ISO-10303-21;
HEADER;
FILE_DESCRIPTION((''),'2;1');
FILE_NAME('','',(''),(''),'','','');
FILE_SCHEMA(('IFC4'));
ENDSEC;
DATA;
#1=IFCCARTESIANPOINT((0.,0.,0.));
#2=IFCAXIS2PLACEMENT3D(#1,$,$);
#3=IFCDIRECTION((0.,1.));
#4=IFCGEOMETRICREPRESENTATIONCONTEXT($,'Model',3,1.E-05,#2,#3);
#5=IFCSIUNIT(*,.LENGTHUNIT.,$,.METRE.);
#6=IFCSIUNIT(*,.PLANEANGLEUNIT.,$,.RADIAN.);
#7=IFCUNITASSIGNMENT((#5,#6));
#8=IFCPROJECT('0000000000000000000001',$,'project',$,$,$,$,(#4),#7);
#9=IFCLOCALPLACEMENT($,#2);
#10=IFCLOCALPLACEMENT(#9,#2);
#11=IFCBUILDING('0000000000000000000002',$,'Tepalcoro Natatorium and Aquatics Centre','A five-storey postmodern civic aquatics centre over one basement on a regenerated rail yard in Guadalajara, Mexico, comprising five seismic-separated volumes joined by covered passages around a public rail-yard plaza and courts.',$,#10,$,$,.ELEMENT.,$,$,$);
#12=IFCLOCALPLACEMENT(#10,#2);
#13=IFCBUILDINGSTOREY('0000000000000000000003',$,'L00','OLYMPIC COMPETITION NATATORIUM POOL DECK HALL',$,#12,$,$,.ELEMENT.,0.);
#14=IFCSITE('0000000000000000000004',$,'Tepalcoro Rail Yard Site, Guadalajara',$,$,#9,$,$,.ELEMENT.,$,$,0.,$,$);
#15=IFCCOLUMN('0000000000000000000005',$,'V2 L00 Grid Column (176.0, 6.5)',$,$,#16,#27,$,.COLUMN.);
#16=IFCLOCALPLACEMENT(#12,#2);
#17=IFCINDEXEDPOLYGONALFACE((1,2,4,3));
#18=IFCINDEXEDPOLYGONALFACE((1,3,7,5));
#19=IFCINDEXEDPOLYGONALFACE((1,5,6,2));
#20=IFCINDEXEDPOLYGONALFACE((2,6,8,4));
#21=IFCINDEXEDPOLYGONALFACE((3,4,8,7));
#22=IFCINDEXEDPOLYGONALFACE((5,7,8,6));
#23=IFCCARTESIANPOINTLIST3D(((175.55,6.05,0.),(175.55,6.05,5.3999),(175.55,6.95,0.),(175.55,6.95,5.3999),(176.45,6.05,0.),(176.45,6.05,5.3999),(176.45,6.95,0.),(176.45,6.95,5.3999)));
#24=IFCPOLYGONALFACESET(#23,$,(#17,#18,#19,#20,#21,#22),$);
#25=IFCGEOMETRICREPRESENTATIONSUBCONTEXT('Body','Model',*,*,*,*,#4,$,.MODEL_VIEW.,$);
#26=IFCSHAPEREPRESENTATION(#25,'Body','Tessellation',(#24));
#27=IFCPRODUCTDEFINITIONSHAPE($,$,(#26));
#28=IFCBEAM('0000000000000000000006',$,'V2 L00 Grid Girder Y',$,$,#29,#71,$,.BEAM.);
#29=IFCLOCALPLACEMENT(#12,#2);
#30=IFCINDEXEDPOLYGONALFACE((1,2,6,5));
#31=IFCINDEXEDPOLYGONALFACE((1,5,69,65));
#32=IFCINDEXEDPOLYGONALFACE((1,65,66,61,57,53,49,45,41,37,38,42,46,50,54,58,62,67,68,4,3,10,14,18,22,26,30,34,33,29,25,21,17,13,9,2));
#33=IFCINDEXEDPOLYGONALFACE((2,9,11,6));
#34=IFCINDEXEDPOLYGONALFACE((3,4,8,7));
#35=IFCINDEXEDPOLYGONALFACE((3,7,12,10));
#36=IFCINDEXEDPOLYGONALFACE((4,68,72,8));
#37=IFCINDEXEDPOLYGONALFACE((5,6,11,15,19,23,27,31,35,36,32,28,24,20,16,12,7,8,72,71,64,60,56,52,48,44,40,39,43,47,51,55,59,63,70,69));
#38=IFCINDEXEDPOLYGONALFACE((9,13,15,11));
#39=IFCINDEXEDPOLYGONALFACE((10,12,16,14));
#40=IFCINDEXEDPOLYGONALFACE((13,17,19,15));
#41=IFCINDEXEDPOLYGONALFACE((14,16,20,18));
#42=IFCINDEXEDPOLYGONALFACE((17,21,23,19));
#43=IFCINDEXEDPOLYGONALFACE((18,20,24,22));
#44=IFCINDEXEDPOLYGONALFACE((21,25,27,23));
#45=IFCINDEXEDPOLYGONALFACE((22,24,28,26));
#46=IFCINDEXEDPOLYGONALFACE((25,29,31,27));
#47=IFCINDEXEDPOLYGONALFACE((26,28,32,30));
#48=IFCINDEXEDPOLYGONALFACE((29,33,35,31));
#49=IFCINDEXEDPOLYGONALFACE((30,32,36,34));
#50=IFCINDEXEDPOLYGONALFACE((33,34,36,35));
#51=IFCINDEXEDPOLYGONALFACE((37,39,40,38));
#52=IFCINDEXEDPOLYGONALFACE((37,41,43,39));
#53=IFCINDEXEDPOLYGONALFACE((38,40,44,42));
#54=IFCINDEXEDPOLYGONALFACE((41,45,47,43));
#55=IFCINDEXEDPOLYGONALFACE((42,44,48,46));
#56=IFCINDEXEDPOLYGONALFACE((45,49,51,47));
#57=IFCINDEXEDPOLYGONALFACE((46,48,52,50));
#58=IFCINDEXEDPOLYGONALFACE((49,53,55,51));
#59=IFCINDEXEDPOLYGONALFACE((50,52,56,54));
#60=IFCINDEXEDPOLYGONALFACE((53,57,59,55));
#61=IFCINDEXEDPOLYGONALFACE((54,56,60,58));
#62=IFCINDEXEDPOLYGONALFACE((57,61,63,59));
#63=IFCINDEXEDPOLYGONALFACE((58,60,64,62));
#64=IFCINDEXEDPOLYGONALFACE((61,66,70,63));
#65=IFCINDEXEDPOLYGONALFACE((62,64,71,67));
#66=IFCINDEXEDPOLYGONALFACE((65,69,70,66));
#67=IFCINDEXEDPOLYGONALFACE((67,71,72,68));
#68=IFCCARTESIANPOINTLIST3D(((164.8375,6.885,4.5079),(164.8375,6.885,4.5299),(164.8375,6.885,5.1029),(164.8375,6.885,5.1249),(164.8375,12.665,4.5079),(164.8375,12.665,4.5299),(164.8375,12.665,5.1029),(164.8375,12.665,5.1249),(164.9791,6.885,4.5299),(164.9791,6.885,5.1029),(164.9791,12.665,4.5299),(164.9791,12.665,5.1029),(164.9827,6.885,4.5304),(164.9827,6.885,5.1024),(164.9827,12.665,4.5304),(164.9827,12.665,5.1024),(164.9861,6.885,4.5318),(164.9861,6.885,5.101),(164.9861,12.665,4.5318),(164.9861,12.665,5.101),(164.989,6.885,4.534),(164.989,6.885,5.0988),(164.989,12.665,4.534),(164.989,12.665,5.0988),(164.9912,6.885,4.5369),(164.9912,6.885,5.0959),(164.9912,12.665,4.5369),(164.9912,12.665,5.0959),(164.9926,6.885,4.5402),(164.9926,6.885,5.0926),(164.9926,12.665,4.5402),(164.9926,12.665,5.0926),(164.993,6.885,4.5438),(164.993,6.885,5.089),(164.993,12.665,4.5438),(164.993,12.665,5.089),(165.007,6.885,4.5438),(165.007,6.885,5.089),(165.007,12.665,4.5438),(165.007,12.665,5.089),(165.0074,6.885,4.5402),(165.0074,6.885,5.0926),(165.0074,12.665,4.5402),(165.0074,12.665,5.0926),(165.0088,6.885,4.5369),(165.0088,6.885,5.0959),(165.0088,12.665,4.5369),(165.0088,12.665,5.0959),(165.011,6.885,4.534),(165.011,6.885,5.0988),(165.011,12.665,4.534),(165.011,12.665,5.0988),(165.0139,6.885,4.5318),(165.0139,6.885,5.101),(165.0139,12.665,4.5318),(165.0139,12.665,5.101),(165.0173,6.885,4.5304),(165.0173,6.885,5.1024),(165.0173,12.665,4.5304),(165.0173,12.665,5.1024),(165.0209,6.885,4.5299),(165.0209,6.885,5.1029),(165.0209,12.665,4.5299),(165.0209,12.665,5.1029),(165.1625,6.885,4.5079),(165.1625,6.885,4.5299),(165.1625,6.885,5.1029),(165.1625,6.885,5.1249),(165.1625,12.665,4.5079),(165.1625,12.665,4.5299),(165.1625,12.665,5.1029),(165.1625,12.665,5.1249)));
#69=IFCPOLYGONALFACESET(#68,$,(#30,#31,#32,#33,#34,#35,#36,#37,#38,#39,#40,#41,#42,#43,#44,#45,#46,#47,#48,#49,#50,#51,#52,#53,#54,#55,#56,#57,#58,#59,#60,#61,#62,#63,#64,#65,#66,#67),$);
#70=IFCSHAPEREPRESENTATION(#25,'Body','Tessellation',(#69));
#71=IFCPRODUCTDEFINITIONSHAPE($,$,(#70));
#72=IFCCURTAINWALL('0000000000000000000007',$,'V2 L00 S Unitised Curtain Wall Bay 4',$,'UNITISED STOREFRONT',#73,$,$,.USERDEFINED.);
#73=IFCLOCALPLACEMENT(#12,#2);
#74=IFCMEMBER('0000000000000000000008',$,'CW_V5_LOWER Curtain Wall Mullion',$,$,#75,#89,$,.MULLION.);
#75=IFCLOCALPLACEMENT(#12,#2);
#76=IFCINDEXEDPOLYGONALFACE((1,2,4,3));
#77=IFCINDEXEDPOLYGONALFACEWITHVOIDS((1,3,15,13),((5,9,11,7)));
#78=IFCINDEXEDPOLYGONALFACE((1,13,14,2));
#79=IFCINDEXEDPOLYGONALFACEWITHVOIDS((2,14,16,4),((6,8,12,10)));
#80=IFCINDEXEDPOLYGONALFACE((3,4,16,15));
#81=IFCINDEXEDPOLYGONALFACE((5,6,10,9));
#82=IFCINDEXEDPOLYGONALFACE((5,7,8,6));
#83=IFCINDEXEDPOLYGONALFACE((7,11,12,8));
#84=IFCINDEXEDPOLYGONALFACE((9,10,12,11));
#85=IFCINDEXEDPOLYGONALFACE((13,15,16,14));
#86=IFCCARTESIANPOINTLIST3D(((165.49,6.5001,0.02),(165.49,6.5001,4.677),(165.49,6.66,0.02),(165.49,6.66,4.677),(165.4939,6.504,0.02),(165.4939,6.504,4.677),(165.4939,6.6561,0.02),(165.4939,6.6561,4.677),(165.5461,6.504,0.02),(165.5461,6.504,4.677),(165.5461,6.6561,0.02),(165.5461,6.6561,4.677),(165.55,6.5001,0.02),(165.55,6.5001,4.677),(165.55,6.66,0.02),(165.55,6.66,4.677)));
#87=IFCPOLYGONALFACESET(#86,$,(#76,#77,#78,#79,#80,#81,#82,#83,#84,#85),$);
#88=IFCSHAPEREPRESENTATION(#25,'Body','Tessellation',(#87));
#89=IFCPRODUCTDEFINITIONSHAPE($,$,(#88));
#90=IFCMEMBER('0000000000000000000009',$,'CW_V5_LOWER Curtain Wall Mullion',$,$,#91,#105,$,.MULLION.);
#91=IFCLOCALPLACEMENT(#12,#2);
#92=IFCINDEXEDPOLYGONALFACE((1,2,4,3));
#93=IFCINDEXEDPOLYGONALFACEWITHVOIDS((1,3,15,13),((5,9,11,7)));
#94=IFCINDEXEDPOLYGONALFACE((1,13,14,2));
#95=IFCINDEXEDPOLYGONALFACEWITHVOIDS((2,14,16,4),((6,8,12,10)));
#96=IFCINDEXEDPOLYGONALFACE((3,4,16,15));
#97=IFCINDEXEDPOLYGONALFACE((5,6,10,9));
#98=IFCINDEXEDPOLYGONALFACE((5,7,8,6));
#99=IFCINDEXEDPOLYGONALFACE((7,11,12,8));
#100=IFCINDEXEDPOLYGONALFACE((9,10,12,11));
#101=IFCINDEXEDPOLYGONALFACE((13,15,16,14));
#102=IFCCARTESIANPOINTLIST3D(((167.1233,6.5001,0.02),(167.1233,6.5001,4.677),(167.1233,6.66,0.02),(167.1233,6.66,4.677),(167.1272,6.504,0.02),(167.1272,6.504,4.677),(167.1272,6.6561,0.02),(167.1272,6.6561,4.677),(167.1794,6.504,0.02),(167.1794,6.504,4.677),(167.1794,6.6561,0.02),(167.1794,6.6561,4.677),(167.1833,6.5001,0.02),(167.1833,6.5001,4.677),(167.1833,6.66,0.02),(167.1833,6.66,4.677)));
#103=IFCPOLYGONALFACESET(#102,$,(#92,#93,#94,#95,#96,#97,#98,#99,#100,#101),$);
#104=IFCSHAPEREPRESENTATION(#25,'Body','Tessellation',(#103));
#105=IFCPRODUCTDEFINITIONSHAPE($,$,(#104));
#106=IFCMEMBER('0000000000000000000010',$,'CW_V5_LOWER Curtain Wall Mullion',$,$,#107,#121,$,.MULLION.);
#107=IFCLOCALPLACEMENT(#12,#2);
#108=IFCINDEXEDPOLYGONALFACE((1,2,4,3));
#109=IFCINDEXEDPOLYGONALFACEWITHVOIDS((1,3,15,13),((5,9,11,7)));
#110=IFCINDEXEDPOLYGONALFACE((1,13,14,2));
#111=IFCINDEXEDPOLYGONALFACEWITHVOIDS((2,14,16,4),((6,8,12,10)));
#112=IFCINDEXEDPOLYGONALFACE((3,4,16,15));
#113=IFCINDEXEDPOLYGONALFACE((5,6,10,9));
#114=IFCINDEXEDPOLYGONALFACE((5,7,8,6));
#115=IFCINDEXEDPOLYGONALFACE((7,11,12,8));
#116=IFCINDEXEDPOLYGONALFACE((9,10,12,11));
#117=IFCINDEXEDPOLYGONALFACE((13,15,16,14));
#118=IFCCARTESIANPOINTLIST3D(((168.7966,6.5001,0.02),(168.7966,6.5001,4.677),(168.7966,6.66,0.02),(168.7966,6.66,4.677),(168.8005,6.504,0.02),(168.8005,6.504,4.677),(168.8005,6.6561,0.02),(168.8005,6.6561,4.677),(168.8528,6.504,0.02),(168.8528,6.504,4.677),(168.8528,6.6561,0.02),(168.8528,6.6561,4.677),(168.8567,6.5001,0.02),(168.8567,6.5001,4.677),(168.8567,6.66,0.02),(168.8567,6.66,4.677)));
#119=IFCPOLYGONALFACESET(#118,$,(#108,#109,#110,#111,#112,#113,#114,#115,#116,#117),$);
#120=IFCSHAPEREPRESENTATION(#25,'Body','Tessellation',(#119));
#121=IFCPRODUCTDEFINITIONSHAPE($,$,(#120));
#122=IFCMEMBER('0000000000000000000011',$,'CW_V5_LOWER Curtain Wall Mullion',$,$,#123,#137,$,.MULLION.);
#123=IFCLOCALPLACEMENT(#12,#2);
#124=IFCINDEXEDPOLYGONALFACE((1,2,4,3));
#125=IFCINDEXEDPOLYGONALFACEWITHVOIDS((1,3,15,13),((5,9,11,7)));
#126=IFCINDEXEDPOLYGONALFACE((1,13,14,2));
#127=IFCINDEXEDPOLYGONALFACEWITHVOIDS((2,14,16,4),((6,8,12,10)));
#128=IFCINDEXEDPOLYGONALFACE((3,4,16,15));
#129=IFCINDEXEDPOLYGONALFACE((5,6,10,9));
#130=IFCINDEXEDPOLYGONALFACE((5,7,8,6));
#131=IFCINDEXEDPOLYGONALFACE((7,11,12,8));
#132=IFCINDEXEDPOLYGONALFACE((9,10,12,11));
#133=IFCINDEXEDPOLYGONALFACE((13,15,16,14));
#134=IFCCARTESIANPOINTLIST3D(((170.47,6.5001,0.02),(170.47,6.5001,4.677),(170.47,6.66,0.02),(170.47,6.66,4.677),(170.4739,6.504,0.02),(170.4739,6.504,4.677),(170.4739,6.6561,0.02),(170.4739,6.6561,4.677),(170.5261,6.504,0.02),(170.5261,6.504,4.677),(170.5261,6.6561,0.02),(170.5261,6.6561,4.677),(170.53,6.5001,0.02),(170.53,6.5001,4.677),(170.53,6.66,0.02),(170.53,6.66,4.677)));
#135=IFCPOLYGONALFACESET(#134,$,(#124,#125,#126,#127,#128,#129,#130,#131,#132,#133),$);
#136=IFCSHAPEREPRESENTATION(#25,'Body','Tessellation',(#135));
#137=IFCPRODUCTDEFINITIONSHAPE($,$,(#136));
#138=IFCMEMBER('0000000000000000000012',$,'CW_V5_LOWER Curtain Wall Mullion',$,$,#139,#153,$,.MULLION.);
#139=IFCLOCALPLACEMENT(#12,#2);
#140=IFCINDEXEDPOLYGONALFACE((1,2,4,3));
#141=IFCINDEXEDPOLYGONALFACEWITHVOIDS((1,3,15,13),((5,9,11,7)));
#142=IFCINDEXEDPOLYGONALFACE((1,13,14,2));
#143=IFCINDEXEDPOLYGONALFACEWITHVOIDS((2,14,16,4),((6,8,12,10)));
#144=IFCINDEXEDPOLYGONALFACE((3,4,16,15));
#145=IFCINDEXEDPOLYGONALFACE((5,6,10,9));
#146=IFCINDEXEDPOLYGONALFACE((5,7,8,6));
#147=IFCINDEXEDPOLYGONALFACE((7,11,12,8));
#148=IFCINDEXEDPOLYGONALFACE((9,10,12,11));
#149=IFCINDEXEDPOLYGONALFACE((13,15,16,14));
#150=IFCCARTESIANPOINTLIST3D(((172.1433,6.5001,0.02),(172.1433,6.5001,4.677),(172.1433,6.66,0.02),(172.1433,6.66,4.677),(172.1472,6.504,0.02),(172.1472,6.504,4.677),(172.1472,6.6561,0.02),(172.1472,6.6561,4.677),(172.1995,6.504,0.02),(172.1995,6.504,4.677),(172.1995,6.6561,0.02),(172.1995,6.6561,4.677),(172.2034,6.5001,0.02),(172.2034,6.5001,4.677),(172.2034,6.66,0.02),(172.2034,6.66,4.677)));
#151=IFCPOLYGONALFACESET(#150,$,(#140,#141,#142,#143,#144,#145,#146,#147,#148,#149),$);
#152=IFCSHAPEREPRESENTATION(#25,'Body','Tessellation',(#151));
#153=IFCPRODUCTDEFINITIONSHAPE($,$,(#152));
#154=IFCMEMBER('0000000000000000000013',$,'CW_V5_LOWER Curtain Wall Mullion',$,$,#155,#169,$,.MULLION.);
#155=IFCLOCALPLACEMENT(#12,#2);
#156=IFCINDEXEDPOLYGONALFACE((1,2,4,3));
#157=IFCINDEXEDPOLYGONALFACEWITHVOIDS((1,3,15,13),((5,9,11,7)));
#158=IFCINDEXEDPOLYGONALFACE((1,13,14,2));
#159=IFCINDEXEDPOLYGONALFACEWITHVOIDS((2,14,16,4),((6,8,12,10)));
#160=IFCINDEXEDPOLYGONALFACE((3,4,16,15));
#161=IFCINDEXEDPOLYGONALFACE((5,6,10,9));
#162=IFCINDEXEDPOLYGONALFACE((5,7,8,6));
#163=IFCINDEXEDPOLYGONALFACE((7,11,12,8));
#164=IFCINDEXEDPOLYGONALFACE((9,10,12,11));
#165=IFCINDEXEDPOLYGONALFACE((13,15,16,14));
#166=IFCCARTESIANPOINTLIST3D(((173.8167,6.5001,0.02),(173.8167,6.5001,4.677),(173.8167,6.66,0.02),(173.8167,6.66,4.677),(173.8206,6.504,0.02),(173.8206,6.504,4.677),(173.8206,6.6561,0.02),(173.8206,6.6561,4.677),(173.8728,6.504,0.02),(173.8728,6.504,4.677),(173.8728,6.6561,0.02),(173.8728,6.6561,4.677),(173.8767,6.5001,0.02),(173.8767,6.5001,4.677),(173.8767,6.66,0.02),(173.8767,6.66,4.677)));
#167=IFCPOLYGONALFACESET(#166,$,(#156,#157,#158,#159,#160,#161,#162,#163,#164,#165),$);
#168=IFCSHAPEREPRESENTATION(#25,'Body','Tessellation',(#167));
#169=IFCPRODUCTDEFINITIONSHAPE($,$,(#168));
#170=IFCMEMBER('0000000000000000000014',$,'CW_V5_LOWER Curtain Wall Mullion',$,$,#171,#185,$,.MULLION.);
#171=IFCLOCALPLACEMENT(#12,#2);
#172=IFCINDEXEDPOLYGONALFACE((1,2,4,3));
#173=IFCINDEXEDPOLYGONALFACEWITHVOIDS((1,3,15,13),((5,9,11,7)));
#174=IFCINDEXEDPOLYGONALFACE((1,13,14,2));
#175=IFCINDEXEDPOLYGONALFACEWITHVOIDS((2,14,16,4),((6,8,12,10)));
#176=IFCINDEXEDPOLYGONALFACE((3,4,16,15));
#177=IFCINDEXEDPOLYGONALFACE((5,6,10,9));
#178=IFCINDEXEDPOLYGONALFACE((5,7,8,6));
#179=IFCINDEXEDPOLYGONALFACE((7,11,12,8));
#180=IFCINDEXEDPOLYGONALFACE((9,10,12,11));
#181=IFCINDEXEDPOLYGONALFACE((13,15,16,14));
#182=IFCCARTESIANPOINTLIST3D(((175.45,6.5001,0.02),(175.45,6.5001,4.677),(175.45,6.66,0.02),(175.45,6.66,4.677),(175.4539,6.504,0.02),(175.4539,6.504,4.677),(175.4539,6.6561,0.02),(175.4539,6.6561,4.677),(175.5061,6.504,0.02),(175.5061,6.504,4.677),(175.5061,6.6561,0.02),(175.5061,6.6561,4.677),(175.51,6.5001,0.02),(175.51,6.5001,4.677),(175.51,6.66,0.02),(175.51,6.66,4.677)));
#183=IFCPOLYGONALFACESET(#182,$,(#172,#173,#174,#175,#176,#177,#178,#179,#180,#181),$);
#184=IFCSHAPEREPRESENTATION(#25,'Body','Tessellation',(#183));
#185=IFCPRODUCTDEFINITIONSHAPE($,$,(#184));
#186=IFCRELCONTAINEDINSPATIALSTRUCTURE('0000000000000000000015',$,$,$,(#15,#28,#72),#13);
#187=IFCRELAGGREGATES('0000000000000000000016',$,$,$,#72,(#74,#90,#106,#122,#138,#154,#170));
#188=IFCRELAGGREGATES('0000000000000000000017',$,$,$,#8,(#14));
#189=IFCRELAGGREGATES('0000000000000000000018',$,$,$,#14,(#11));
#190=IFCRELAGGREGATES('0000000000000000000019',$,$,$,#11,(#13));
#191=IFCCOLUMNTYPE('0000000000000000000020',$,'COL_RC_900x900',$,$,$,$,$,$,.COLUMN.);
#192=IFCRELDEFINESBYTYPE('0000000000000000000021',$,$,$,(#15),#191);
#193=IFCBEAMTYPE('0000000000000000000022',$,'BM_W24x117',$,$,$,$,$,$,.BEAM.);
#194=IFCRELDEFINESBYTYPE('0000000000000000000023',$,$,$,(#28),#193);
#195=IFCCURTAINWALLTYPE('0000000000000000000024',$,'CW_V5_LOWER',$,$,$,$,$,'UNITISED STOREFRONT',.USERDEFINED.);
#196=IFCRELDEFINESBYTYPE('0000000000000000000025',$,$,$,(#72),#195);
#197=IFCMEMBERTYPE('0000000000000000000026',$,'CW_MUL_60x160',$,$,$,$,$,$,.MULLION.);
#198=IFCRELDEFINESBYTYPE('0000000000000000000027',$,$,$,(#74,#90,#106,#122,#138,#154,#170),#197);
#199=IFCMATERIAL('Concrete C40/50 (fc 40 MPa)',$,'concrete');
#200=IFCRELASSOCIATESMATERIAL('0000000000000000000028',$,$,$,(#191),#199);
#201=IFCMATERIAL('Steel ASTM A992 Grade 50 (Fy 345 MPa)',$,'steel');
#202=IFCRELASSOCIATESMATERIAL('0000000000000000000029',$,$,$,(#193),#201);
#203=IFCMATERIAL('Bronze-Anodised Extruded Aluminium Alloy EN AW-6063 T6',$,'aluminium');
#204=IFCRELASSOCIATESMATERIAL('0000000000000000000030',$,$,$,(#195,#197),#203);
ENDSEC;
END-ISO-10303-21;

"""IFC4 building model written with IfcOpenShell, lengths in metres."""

from ifc_helpers import new_model, si_unit, direction, frame, origin, origin_2d, place, context, subcontext, project, spatial, rectangle, hollow_rectangle, i_section, extrude, material, material_profile, profile_set, type_object, element, aggregate, save


model = new_model("IFC4")

# Units and contexts
model_context = context("Model", 3, precision=1e-05, world=origin(), true_north=direction((0.0, 1.0)))
body_context = subcontext(model_context, "Body", "Model", "MODEL_VIEW")
ifc_project = project(units=[si_unit("LENGTHUNIT", "METRE"), si_unit("PLANEANGLEUNIT", "RADIAN")], contexts=[model_context])

# Site, building, storey
site_placement = place(None, origin())
site = spatial("IfcSite", under=ifc_project, at=site_placement, Name="Tepalcoro Rail Yard Site, Guadalajara", CompositionType="ELEMENT", RefElevation=0.0)
building_placement = place(site_placement, origin())
building = spatial("IfcBuilding", under=site, at=building_placement, Name="Tepalcoro Natatorium and Aquatics Centre", Description="A five-storey postmodern civic aquatics centre over one basement on a regenerated rail yard in Guadalajara, Mexico, comprising five seismic-separated volumes joined by covered passages around a public rail-yard plaza and courts.", CompositionType="ELEMENT")
storey_placement = place(building_placement, origin())
storey = spatial("IfcBuildingStorey", under=building, at=storey_placement, Name="L00", Description="OLYMPIC COMPETITION NATATORIUM POOL DECK HALL", CompositionType="ELEMENT", Elevation=0.0)

# Column
ifc_material_1 = material(Name="Concrete C40/50 (fc 40 MPa)", Category="concrete")
ifc_material_profile_1 = material_profile(ifc_material_1, rectangle(XDim=0.8999, YDim=0.8999, at=origin_2d()), Name="RC900x900")
ifc_profile_set_1 = profile_set([ifc_material_profile_1], Name="Concrete C40/50 (fc 40 MPa)")
column_type = type_object("IfcColumnType", Name="COL_RC_900x900", PredefinedType="COLUMN", material=ifc_profile_set_1)
column_placement = place(storey_placement, frame((176.0, 6.5, 0.0), z_axis=(0.0, 0.0, 1.0), x_axis=(1.0, 0.0, 0.0)))
element("IfcColumn", 1, at=column_placement, inside=storey, type_object=column_type, Name="V2 L00 Grid Column (176.0, 6.5)", PredefinedType="COLUMN", context=body_context, shape_type="SweptSolid", body=[
    extrude(rectangle(XDim=0.8999, YDim=0.8999, at=origin_2d()), origin(), (0.0, 0.0, 1.0), 5.3999),
])

# Beam
ifc_material_2 = material(Name="Steel ASTM A992 Grade 50 (Fy 345 MPa)", Category="steel")
ifc_material_profile_2 = material_profile(ifc_material_2, i_section(OverallWidth=0.325, OverallDepth=0.6169, WebThickness=0.0139, FlangeThickness=0.022, FilletRadius=0.0139, at=origin_2d()), Name="W24X117")
ifc_profile_set_2 = profile_set([ifc_material_profile_2], Name="Steel ASTM A992 Grade 50 (Fy 345 MPa)")
beam_type_1 = type_object("IfcBeamType", Name="BM_W24x117", PredefinedType="BEAM", material=ifc_profile_set_2)
beam_1_placement = place(storey_placement, frame((165.0, 6.885, 4.8164), z_axis=(0.0, 1.0, 0.0), x_axis=(-1.0, 0.0, 0.0)))
element("IfcBeam", 2, at=beam_1_placement, inside=storey, type_object=beam_type_1, Name="V2 L00 Grid Girder Y", PredefinedType="BEAM", context=body_context, shape_type="SweptSolid", body=[
    extrude(i_section(OverallWidth=0.325, OverallDepth=0.6169, WebThickness=0.0139, FlangeThickness=0.022, FilletRadius=0.0139, at=origin_2d()), origin(), (0.0, 0.0, 1.0), 5.78),
])

# Curtain wall, members
ifc_material_3 = material(Name="Bronze-Anodised Extruded Aluminium Alloy EN AW-6063 T6", Category="aluminium")
curtain_wall_type = type_object("IfcCurtainWallType", Name="CW_V5_LOWER", ElementType="UNITISED STOREFRONT", PredefinedType="USERDEFINED", material=ifc_material_3)
curtain_wall_placement = place(storey_placement, origin())
curtain_wall = element("IfcCurtainWall", 3, at=curtain_wall_placement, inside=storey, type_object=curtain_wall_type, Name="V2 L00 S Unitised Curtain Wall Bay 4", ObjectType="UNITISED STOREFRONT", PredefinedType="USERDEFINED")
ifc_material_profile_3 = material_profile(ifc_material_3, hollow_rectangle(XDim=0.0601, YDim=0.1599, WallThickness=0.0039, at=origin_2d()), Name="AL60X160X4")
ifc_profile_set_3 = profile_set([ifc_material_profile_3], Name="Bronze-Anodised Extruded Aluminium Alloy EN AW-6063 T6")
member_type_1 = type_object("IfcMemberType", Name="CW_MUL_60x160", PredefinedType="MULLION", material=ifc_profile_set_3)
member_1_placement = place(storey_placement, frame((165.52, 6.5801, 0.02), z_axis=(0.0, 0.0, 1.0), x_axis=(1.0, 0.0, 0.0)))
member_1 = element("IfcMember", 4, at=member_1_placement, type_object=member_type_1, Name="CW_V5_LOWER Curtain Wall Mullion", PredefinedType="MULLION", context=body_context, shape_type="SweptSolid", body=[
    extrude(hollow_rectangle(XDim=0.0601, YDim=0.1599, WallThickness=0.0039, at=origin_2d()), origin(), (0.0, 0.0, 1.0), 4.657),
])
member_2_placement = place(storey_placement, frame((167.1533, 6.5801, 0.02), z_axis=(0.0, 0.0, 1.0), x_axis=(1.0, 0.0, 0.0)))
member_2 = element("IfcMember", 5, at=member_2_placement, type_object=member_type_1, Name="CW_V5_LOWER Curtain Wall Mullion", PredefinedType="MULLION", context=body_context, shape_type="SweptSolid", body=[
    extrude(hollow_rectangle(XDim=0.0601, YDim=0.1599, WallThickness=0.0039, at=origin_2d()), origin(), (0.0, 0.0, 1.0), 4.657),
])
member_3_placement = place(storey_placement, frame((168.8267, 6.5801, 0.02), z_axis=(0.0, 0.0, 1.0), x_axis=(1.0, 0.0, 0.0)))
member_3 = element("IfcMember", 6, at=member_3_placement, type_object=member_type_1, Name="CW_V5_LOWER Curtain Wall Mullion", PredefinedType="MULLION", context=body_context, shape_type="SweptSolid", body=[
    extrude(hollow_rectangle(XDim=0.0601, YDim=0.1599, WallThickness=0.0039, at=origin_2d()), origin(), (0.0, 0.0, 1.0), 4.657),
])
member_4_placement = place(storey_placement, frame((170.5, 6.5801, 0.02), z_axis=(0.0, 0.0, 1.0), x_axis=(1.0, 0.0, 0.0)))
member_4 = element("IfcMember", 7, at=member_4_placement, type_object=member_type_1, Name="CW_V5_LOWER Curtain Wall Mullion", PredefinedType="MULLION", context=body_context, shape_type="SweptSolid", body=[
    extrude(hollow_rectangle(XDim=0.0601, YDim=0.1599, WallThickness=0.0039, at=origin_2d()), origin(), (0.0, 0.0, 1.0), 4.657),
])
member_5_placement = place(storey_placement, frame((172.1733, 6.5801, 0.02), z_axis=(0.0, 0.0, 1.0), x_axis=(1.0, 0.0, 0.0)))
member_5 = element("IfcMember", 8, at=member_5_placement, type_object=member_type_1, Name="CW_V5_LOWER Curtain Wall Mullion", PredefinedType="MULLION", context=body_context, shape_type="SweptSolid", body=[
    extrude(hollow_rectangle(XDim=0.0601, YDim=0.1599, WallThickness=0.0039, at=origin_2d()), origin(), (0.0, 0.0, 1.0), 4.657),
])
member_6_placement = place(storey_placement, frame((173.8467, 6.5801, 0.02), z_axis=(0.0, 0.0, 1.0), x_axis=(1.0, 0.0, 0.0)))
member_6 = element("IfcMember", 9, at=member_6_placement, type_object=member_type_1, Name="CW_V5_LOWER Curtain Wall Mullion", PredefinedType="MULLION", context=body_context, shape_type="SweptSolid", body=[
    extrude(hollow_rectangle(XDim=0.0601, YDim=0.1599, WallThickness=0.0039, at=origin_2d()), origin(), (0.0, 0.0, 1.0), 4.657),
])
member_7_placement = place(storey_placement, frame((175.48, 6.5801, 0.02), z_axis=(0.0, 0.0, 1.0), x_axis=(1.0, 0.0, 0.0)))
member_7 = element("IfcMember", 10, at=member_7_placement, type_object=member_type_1, Name="CW_V5_LOWER Curtain Wall Mullion", PredefinedType="MULLION", context=body_context, shape_type="SweptSolid", body=[
    extrude(hollow_rectangle(XDim=0.0601, YDim=0.1599, WallThickness=0.0039, at=origin_2d()), origin(), (0.0, 0.0, 1.0), 4.657),
])

aggregate(curtain_wall, [member_1, member_2, member_3, member_4, member_5, member_6, member_7])

save(model, "model.ifc")
